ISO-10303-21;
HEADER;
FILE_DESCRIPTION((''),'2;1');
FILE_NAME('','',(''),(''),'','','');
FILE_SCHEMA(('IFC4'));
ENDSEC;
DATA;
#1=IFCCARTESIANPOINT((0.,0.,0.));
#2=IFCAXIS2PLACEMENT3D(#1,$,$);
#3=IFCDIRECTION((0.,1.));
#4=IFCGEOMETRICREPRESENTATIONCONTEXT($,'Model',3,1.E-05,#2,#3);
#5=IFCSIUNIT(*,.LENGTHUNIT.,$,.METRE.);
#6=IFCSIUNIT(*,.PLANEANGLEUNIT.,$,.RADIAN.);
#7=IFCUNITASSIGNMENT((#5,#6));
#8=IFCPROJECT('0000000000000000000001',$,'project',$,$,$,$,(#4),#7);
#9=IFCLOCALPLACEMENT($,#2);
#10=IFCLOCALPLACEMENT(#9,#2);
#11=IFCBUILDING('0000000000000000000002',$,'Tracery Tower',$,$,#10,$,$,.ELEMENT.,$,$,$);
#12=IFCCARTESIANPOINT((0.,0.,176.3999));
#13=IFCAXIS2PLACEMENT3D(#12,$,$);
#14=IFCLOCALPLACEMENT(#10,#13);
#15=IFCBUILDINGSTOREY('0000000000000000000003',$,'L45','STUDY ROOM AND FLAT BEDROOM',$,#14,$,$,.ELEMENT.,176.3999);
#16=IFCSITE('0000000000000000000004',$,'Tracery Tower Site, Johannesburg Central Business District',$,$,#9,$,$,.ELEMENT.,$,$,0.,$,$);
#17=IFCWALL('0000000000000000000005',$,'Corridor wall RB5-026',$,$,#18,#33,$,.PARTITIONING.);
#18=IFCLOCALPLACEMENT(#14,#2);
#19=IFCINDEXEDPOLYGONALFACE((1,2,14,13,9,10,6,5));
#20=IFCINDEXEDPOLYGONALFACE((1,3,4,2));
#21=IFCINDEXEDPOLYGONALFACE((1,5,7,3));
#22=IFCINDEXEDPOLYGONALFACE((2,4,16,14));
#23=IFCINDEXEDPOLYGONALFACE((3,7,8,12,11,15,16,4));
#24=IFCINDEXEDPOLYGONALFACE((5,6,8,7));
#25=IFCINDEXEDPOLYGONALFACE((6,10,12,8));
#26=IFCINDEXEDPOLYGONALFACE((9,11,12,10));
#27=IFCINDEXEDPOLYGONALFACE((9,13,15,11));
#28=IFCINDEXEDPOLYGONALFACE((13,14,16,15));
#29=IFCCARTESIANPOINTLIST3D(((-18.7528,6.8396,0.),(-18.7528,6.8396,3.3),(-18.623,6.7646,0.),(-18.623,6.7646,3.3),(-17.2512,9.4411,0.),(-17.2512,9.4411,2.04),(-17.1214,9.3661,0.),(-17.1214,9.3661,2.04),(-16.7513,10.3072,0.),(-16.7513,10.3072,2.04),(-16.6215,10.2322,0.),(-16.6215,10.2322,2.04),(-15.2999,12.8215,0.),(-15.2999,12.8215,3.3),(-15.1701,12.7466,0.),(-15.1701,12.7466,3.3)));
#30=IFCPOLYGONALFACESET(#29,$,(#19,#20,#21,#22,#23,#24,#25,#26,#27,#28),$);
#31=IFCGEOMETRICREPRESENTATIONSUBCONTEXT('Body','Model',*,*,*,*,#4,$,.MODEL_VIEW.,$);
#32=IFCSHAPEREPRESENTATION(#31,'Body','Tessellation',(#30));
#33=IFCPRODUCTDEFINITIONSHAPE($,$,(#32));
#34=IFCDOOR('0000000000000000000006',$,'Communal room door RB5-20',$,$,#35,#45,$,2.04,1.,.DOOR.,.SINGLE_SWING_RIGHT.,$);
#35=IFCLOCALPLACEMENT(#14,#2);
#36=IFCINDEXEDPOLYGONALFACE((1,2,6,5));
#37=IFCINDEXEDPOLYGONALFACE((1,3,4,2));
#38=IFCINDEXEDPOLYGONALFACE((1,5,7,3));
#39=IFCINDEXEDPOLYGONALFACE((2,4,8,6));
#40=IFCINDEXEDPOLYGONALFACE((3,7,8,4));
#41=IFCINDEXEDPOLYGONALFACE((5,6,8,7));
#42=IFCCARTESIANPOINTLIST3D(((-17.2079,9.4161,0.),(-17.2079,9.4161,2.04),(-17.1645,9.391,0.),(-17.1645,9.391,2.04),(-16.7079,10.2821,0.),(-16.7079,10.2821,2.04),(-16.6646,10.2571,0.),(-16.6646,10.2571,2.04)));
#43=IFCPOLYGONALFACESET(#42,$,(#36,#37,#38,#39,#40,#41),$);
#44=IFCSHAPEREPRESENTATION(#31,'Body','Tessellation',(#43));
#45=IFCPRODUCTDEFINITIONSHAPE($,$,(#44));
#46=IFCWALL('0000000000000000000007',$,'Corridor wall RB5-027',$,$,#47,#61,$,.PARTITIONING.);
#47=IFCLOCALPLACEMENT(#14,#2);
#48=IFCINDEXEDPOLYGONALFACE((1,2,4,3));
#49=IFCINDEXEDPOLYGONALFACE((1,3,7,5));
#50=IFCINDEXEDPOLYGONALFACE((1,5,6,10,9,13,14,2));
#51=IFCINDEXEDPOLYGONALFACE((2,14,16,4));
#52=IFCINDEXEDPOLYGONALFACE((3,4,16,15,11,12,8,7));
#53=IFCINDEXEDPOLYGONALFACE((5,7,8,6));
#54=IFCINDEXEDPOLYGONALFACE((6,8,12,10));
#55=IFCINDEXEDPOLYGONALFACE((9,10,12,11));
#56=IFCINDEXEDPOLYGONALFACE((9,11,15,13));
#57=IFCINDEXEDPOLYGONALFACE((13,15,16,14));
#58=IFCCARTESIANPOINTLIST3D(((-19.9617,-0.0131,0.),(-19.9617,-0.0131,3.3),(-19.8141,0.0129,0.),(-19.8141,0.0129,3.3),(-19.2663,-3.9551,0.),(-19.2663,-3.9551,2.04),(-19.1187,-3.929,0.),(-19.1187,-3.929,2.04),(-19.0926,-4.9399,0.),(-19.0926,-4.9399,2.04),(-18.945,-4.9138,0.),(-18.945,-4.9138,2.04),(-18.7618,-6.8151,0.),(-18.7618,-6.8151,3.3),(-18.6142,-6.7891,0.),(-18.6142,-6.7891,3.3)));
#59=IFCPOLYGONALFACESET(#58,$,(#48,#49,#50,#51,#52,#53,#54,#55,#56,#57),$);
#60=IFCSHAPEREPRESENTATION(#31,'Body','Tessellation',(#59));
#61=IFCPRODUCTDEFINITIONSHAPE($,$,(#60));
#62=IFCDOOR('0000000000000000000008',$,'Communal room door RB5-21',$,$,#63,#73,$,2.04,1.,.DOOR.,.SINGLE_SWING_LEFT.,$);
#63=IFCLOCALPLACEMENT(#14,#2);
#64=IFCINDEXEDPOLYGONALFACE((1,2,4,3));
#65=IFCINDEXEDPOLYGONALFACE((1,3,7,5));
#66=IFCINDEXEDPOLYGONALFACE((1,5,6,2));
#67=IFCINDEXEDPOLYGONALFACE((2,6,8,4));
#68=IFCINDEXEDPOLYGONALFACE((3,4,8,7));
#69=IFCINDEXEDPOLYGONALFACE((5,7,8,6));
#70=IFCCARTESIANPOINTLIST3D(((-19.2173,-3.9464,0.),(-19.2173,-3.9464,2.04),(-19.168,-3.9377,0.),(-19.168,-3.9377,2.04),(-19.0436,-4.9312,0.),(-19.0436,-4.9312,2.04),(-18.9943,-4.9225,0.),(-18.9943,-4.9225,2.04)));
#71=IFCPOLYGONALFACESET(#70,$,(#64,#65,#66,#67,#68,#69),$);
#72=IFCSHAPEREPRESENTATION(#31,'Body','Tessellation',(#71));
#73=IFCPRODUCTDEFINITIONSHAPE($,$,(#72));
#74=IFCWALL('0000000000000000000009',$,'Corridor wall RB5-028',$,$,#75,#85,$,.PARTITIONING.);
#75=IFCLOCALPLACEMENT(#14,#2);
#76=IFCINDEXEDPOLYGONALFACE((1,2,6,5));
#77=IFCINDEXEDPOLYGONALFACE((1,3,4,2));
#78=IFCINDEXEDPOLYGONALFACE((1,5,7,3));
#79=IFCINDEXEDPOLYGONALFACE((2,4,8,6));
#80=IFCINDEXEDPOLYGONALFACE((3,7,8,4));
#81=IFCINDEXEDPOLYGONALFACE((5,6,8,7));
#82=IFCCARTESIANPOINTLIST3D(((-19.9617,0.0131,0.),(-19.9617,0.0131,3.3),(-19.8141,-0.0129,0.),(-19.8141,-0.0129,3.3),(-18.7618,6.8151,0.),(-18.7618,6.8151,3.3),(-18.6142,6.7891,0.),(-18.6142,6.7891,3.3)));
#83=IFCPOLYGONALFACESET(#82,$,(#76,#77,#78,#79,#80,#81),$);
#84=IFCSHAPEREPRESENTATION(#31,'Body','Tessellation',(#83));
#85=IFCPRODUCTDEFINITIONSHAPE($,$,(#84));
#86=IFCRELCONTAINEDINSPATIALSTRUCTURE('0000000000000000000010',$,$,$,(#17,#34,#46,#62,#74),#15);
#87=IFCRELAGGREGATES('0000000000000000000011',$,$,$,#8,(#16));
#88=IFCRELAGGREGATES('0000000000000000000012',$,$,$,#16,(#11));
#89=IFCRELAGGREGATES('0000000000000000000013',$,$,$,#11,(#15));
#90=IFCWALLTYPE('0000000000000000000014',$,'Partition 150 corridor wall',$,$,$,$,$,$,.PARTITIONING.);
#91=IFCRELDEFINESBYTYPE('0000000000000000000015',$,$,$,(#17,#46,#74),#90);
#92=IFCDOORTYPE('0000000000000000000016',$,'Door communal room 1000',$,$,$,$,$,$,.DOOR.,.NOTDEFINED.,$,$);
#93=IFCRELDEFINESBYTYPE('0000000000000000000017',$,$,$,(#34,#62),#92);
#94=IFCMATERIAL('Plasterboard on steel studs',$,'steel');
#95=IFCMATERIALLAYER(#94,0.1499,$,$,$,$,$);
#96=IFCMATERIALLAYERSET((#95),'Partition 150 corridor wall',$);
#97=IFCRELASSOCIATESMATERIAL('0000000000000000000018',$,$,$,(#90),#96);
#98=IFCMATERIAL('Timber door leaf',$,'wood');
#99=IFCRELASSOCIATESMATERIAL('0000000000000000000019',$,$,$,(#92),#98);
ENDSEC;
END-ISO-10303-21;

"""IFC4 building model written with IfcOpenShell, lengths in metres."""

from ifc_helpers import new_model, si_unit, direction, frame, frame_2d, origin, place, context, subcontext, project, spatial, rectangle, extrude, material, layer, layer_set, type_object, element, fill, save


model = new_model("IFC4")

# Units and contexts
model_context = context("Model", 3, precision=1e-05, world=origin(), true_north=direction((0.0, 1.0)))
body_context = subcontext(model_context, "Body", "Model", "MODEL_VIEW")
ifc_project = project(units=[si_unit("LENGTHUNIT", "METRE"), si_unit("PLANEANGLEUNIT", "RADIAN")], contexts=[model_context])

# Site, building, storey
site_placement = place(None, origin())
site = spatial("IfcSite", under=ifc_project, at=site_placement, Name="Tracery Tower Site, Johannesburg Central Business District", CompositionType="ELEMENT", RefElevation=0.0)
building_placement = place(site_placement, origin())
building = spatial("IfcBuilding", under=site, at=building_placement, Name="Tracery Tower", CompositionType="ELEMENT")
storey_placement = place(building_placement, frame((0.0, 0.0, 176.3999)))
storey = spatial("IfcBuildingStorey", under=building, at=storey_placement, Name="L45", Description="STUDY ROOM AND FLAT BEDROOM", CompositionType="ELEMENT", Elevation=176.3999)

# Shared definitions
ifc_material_1 = material(Name="Plasterboard on steel studs", Category="steel")
ifc_layer_1 = layer(ifc_material_1, 0.1499)
ifc_layer_set_1 = layer_set([ifc_layer_1], Name="Partition 150 corridor wall")
wall_type_1 = type_object("IfcWallType", Name="Partition 150 corridor wall", PredefinedType="PARTITIONING", material=ifc_layer_set_1)

# Walls, openings, doors
wall_1_placement = place(storey_placement, frame((-18.688, 6.802, 0.0), z_axis=(0.0, 0.0, 1.0), x_axis=(0.499914, 0.866075, 0.0)))
wall_1 = element("IfcWall", 1, at=wall_1_placement, inside=storey, type_object=wall_type_1, Name="Corridor wall RB5-026", PredefinedType="PARTITIONING", context=body_context, shape_type="SweptSolid", body=[
    extrude(rectangle(XDim=6.907, YDim=0.1499, at=frame_2d((3.4536, 0.0))), origin(), (0.0, 0.0, 1.0), 3.3),
])
opening_1_placement = place(wall_1_placement, frame((3.0039, 0.0, 0.0)))
opening_1 = element("IfcOpeningElement", 2, at=opening_1_placement, cuts=wall_1, PredefinedType="OPENING", context=body_context, shape_type="SweptSolid", body=[
    extrude(rectangle(XDim=1.0, YDim=2.04, at=frame_2d((0.5, 1.02))), frame((0.0, 0.075, 0.0), z_axis=(0.0, -1.0, 0.0), x_axis=(1.0, 0.0, 0.0)), (0.0, 0.0, 1.0), 0.1499),
])
ifc_material_2 = material(Name="Timber door leaf", Category="wood")
door_type_1 = type_object("IfcDoorType", Name="Door communal room 1000", OperationType="NOTDEFINED", PredefinedType="DOOR", material=ifc_material_2)
door_1_placement = place(opening_1_placement, origin())
door_1 = element("IfcDoor", 3, at=door_1_placement, inside=storey, type_object=door_type_1, Name="Communal room door RB5-20", OperationType="SINGLE_SWING_RIGHT", OverallHeight=2.04, OverallWidth=1.0, PredefinedType="DOOR", context=body_context, shape_type="SweptSolid", body=[
    extrude(rectangle(XDim=1.0, YDim=2.04, at=frame_2d((0.5, 1.02))), frame((0.0, 0.0249, 0.0), z_axis=(0.0, -1.0, 0.0), x_axis=(1.0, 0.0, 0.0)), (0.0, 0.0, 1.0), 0.05),
])
fill(opening_1, door_1)
wall_2_placement = place(storey_placement, frame((-19.8879, 0.0, 0.0), z_axis=(0.0, 0.0, 1.0), x_axis=(0.173729, -0.984794, 0.0)))
wall_2 = element("IfcWall", 4, at=wall_2_placement, inside=storey, type_object=wall_type_1, Name="Corridor wall RB5-027", PredefinedType="PARTITIONING", context=body_context, shape_type="SweptSolid", body=[
    extrude(rectangle(XDim=6.907, YDim=0.1499, at=frame_2d((3.4536, 0.0))), origin(), (0.0, 0.0, 1.0), 3.3),
])
opening_2_placement = place(wall_2_placement, frame((4.0029, 0.0, 0.0)))
opening_2 = element("IfcOpeningElement", 5, at=opening_2_placement, cuts=wall_2, PredefinedType="OPENING", context=body_context, shape_type="SweptSolid", body=[
    extrude(rectangle(XDim=1.0, YDim=2.04, at=frame_2d((0.5, 1.02))), frame((0.0, 0.075, 0.0), z_axis=(0.0, -1.0, 0.0), x_axis=(1.0, 0.0, 0.0)), (0.0, 0.0, 1.0), 0.1499),
])
door_2_placement = place(opening_2_placement, origin())
door_2 = element("IfcDoor", 6, at=door_2_placement, inside=storey, type_object=door_type_1, Name="Communal room door RB5-21", OperationType="SINGLE_SWING_LEFT", OverallHeight=2.04, OverallWidth=1.0, PredefinedType="DOOR", context=body_context, shape_type="SweptSolid", body=[
    extrude(rectangle(XDim=1.0, YDim=2.04, at=frame_2d((0.5, 1.02))), frame((0.0, 0.0249, 0.0), z_axis=(0.0, -1.0, 0.0), x_axis=(1.0, 0.0, 0.0)), (0.0, 0.0, 1.0), 0.05),
])
fill(opening_2, door_2)

# Wall
wall_3_placement = place(storey_placement, frame((-19.8879, 0.0, 0.0), z_axis=(0.0, 0.0, 1.0), x_axis=(0.173729, 0.984794, 0.0)))
element("IfcWall", 7, at=wall_3_placement, inside=storey, type_object=wall_type_1, Name="Corridor wall RB5-028", PredefinedType="PARTITIONING", context=body_context, shape_type="SweptSolid", body=[
    extrude(rectangle(XDim=6.907, YDim=0.1499, at=frame_2d((3.4536, 0.0))), origin(), (0.0, 0.0, 1.0), 3.3),
])

save(model, "model.ifc")
